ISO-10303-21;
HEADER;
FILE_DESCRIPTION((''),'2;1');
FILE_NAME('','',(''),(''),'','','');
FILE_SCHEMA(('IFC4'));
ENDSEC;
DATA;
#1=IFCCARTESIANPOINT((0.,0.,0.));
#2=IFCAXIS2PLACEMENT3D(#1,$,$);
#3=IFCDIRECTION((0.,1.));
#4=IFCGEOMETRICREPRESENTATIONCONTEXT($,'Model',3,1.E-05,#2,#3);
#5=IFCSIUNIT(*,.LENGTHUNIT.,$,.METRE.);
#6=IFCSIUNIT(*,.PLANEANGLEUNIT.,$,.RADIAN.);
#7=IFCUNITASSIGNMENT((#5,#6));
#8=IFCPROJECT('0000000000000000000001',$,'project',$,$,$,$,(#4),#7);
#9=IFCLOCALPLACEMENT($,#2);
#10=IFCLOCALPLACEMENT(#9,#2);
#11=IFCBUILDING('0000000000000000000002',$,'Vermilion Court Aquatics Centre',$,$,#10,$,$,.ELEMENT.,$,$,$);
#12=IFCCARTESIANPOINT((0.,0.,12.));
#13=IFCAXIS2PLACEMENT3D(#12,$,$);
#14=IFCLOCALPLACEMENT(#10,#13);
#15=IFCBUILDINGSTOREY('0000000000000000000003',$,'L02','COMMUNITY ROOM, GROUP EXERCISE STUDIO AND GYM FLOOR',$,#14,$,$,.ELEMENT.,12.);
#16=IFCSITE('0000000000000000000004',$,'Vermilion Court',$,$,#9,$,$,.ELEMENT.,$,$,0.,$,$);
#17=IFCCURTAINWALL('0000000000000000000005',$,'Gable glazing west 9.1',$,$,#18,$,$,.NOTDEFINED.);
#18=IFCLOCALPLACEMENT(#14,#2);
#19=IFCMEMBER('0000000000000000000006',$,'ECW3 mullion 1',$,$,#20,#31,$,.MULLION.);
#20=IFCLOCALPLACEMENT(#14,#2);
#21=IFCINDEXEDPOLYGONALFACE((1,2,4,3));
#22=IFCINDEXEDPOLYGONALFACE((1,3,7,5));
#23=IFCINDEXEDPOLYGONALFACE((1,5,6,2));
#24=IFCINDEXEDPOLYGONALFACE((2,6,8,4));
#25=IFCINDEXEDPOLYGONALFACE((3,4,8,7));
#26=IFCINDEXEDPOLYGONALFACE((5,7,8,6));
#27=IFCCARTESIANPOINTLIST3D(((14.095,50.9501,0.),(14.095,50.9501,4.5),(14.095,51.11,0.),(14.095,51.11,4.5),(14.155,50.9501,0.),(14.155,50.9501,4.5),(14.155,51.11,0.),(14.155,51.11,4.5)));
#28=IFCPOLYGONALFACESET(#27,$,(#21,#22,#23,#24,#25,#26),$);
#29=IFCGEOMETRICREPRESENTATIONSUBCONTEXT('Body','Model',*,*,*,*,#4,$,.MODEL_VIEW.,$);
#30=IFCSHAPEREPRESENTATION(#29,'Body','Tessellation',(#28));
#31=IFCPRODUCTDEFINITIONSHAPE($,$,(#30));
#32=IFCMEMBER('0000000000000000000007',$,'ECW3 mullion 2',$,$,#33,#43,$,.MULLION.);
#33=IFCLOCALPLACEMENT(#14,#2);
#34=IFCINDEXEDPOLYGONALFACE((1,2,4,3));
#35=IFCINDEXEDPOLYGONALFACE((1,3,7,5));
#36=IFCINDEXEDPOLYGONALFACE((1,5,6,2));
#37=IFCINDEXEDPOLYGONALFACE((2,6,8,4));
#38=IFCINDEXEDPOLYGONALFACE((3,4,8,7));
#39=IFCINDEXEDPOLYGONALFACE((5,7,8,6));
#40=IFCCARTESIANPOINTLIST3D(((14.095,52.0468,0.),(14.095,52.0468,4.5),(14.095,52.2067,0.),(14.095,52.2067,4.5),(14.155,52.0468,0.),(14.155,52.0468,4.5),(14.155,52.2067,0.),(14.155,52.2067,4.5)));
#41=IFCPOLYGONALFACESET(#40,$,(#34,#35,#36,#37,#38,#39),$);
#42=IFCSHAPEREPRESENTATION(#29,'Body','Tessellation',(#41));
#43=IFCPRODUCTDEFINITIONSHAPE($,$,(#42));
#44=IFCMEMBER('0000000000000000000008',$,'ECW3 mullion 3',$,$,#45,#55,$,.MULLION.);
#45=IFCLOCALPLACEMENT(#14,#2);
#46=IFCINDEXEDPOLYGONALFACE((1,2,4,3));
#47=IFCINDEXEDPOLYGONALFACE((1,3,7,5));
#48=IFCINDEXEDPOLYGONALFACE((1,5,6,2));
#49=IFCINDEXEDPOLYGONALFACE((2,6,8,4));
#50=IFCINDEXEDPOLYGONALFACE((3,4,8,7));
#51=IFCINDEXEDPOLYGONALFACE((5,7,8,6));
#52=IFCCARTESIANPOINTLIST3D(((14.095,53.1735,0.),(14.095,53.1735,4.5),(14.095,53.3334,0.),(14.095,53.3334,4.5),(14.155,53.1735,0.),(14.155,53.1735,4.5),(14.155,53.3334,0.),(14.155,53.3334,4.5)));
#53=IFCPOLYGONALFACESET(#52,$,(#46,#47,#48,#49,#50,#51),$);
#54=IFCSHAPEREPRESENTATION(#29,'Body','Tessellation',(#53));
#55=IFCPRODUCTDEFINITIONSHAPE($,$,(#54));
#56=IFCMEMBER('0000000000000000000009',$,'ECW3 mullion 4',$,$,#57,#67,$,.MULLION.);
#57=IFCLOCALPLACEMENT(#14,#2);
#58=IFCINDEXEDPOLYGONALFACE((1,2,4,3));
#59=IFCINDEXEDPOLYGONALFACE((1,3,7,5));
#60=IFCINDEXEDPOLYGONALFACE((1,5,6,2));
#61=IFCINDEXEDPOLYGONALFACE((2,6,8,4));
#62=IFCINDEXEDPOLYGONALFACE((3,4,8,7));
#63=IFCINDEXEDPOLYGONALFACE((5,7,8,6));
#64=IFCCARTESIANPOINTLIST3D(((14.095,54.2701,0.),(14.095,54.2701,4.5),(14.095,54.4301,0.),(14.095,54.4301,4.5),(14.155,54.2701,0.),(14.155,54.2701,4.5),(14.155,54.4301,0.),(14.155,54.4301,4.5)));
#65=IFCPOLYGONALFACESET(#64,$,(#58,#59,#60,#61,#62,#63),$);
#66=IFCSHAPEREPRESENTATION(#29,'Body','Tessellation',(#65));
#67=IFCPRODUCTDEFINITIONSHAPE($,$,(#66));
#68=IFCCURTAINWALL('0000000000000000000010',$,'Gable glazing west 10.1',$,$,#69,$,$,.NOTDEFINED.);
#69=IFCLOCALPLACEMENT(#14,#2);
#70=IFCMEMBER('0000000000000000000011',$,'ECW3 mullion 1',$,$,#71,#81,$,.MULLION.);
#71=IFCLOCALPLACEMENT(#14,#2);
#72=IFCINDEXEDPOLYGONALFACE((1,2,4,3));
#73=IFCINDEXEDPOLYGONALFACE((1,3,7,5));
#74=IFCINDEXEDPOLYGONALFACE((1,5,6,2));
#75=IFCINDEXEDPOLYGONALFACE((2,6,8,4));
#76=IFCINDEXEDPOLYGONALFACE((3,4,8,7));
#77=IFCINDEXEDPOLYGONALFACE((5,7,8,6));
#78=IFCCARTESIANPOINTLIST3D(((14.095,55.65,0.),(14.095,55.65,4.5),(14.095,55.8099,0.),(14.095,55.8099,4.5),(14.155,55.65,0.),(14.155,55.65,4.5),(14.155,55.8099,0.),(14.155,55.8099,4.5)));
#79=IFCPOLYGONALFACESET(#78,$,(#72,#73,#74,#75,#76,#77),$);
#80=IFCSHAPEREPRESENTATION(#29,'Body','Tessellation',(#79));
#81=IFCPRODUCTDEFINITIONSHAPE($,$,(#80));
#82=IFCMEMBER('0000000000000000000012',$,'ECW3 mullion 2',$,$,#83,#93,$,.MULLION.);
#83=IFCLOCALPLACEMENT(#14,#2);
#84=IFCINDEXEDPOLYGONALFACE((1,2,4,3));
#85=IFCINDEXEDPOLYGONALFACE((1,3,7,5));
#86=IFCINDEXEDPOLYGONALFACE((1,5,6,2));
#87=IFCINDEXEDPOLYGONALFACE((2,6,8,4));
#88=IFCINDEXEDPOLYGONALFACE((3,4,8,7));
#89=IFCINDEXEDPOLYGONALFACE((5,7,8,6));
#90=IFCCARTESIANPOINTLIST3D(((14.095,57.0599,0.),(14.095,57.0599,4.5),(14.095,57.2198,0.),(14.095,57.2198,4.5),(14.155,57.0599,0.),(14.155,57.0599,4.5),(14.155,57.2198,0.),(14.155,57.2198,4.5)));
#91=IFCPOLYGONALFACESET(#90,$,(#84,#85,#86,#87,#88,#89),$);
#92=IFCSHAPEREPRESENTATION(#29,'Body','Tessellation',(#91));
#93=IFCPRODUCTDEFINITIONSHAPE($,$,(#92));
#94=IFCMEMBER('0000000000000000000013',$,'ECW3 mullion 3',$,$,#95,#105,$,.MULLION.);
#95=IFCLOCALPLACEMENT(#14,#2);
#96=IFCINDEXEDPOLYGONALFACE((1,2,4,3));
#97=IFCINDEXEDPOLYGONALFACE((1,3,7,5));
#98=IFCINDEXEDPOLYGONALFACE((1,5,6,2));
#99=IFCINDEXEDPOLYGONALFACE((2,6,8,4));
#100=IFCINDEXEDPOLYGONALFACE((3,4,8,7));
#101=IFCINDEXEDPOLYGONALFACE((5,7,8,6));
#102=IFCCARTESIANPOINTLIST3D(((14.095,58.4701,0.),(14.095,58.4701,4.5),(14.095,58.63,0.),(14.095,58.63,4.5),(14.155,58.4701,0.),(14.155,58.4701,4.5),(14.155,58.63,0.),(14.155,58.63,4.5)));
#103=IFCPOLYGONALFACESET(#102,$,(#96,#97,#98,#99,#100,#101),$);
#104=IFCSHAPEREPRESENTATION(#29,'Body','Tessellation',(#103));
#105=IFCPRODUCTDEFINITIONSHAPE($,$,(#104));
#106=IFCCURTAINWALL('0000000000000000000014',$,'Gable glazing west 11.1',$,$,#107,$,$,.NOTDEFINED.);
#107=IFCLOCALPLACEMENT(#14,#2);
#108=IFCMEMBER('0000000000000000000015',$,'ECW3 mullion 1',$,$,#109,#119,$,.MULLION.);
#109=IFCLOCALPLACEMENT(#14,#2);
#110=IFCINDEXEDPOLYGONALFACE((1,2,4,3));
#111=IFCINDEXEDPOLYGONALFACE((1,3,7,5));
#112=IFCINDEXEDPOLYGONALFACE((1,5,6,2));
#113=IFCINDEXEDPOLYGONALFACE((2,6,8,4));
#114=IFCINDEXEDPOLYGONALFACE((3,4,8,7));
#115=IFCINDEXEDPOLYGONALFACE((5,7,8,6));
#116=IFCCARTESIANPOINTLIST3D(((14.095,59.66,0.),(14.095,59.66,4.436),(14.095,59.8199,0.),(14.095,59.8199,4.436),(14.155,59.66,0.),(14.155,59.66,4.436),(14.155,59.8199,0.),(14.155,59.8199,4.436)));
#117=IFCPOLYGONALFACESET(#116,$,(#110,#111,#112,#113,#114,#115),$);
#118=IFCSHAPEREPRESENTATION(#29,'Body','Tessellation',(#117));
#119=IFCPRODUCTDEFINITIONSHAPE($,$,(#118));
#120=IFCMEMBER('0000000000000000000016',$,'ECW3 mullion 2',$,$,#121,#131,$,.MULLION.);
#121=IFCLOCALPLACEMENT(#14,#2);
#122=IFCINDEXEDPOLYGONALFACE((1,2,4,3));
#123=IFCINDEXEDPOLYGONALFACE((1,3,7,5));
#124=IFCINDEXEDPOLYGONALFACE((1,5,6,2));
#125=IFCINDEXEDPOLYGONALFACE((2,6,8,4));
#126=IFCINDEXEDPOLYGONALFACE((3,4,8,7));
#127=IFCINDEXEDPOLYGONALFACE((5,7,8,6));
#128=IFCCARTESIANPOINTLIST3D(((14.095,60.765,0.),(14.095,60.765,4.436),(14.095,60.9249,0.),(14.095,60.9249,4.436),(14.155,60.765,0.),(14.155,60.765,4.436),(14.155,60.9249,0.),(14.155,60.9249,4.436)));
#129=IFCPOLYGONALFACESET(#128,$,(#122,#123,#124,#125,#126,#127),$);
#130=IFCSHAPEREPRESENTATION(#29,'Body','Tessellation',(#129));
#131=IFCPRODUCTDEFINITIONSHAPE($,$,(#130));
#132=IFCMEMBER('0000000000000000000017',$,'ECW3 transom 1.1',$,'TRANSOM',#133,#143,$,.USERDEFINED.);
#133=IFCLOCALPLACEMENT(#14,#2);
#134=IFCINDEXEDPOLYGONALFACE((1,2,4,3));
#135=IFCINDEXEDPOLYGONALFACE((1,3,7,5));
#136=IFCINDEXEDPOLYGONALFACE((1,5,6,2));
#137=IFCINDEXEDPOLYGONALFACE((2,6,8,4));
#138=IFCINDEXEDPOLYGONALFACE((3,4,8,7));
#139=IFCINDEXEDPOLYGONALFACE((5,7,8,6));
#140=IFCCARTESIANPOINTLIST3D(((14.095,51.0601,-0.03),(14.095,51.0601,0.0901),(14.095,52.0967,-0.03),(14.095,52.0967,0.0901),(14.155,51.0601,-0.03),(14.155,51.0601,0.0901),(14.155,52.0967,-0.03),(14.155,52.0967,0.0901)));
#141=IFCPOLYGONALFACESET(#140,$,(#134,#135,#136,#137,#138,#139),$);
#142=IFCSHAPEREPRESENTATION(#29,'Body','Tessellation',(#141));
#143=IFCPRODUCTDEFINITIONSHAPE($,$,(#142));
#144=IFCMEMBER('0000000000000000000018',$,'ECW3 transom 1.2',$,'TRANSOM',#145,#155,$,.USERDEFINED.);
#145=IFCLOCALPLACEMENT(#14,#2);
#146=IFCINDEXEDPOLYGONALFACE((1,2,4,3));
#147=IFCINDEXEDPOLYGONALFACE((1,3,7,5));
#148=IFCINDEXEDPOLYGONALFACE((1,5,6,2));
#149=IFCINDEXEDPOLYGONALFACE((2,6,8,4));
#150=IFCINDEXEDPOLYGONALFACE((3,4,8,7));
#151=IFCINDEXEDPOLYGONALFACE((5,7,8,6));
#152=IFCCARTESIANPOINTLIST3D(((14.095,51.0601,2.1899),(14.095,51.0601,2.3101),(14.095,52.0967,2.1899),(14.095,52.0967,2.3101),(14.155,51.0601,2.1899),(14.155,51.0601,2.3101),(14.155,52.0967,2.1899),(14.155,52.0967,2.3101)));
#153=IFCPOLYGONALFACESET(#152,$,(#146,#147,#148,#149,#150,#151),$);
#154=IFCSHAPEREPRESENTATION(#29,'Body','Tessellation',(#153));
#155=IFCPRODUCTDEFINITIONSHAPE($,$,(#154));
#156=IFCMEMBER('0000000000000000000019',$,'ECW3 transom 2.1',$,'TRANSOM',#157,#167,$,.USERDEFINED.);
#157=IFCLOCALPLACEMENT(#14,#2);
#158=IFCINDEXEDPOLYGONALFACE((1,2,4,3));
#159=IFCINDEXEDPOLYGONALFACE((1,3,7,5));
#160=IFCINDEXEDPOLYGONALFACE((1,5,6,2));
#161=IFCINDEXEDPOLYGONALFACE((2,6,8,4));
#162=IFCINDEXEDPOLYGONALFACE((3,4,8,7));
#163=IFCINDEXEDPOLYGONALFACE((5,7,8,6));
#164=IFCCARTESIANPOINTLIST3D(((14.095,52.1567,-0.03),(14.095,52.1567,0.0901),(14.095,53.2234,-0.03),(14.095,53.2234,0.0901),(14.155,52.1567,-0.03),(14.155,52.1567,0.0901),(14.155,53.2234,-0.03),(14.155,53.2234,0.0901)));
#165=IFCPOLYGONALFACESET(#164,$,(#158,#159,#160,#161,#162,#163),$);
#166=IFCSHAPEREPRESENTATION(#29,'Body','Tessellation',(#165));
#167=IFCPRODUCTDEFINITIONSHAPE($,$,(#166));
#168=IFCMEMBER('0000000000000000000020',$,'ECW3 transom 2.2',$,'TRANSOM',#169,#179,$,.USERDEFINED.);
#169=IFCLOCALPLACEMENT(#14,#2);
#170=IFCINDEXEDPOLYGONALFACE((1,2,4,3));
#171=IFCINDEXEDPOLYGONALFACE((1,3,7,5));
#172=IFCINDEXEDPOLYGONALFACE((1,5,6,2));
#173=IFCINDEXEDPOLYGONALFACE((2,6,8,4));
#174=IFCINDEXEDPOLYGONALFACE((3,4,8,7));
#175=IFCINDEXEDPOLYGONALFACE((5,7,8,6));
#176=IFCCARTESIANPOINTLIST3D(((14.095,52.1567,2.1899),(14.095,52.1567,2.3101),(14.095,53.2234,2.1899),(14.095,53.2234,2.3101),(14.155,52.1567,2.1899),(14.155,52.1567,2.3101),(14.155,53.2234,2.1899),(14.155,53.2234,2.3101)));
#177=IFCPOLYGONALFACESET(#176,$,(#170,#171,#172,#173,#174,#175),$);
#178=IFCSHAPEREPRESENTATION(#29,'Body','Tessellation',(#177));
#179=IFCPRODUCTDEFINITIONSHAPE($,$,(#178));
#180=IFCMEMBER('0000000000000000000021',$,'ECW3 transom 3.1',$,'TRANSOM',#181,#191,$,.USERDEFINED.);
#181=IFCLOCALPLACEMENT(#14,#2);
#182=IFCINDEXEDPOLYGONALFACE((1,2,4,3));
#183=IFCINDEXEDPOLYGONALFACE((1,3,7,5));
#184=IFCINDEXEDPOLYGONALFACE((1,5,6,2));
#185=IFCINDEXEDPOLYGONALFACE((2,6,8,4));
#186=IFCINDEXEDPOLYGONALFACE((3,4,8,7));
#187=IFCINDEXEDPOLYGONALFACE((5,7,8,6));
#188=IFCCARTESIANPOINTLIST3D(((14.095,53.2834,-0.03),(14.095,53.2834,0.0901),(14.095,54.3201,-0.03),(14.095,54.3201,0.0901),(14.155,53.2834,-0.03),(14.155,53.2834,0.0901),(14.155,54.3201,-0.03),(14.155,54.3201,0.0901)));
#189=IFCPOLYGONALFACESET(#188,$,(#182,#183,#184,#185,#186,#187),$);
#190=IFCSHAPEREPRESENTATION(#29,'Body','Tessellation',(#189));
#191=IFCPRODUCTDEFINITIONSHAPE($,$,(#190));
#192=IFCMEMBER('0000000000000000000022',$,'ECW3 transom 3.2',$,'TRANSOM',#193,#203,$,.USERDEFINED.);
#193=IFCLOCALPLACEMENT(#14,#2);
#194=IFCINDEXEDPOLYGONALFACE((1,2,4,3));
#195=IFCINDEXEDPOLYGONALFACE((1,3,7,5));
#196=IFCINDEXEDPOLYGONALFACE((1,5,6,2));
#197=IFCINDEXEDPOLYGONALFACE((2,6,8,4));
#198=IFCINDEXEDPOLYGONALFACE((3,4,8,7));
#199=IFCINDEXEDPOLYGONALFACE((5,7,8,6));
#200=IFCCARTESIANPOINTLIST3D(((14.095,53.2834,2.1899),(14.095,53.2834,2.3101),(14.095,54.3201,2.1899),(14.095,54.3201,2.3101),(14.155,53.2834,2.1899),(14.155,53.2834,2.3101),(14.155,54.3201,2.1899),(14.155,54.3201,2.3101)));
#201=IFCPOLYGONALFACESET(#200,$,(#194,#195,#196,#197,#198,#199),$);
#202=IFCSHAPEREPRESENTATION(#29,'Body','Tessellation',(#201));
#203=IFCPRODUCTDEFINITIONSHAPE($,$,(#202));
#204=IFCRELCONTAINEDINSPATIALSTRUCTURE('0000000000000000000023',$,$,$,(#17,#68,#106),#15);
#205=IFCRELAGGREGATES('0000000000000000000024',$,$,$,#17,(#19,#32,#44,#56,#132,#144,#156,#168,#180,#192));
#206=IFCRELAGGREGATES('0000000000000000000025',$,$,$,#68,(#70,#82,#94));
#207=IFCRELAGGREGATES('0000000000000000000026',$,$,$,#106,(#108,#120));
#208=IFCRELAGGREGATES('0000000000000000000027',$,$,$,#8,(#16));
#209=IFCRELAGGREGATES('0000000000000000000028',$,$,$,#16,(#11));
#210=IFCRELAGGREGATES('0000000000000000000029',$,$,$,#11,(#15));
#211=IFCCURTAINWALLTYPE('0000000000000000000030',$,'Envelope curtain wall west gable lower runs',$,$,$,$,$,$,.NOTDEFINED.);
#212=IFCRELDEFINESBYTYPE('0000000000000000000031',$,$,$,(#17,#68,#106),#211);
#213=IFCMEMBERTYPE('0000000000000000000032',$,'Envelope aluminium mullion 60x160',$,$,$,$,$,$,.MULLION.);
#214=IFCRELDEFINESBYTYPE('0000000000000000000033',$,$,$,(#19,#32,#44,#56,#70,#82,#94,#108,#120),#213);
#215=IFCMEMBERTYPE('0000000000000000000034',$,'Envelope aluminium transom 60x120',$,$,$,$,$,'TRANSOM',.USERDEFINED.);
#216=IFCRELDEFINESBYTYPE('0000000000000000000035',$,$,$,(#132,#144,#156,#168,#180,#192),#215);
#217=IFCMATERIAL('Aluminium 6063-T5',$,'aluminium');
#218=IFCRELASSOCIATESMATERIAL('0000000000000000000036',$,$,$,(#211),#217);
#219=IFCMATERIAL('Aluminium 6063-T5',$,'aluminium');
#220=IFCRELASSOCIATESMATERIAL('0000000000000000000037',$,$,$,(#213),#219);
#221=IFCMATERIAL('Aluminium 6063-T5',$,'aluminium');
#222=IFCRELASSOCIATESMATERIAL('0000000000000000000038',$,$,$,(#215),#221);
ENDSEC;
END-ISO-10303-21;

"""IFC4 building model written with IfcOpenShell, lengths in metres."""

from ifc_helpers import new_model, si_unit, direction, frame, origin, origin_2d, place, context, subcontext, project, spatial, rectangle, extrude, material, material_profile, profile_set, type_object, element, aggregate, save


model = new_model("IFC4")

# Units and contexts
model_context = context("Model", 3, precision=1e-05, world=origin(), true_north=direction((0.0, 1.0)))
body_context = subcontext(model_context, "Body", "Model", "MODEL_VIEW")
ifc_project = project(units=[si_unit("LENGTHUNIT", "METRE"), si_unit("PLANEANGLEUNIT", "RADIAN")], contexts=[model_context])

# Site, building, storey
site_placement = place(None, origin())
site = spatial("IfcSite", under=ifc_project, at=site_placement, Name="Vermilion Court", CompositionType="ELEMENT", RefElevation=0.0)
building_placement = place(site_placement, origin())
building = spatial("IfcBuilding", under=site, at=building_placement, Name="Vermilion Court Aquatics Centre", CompositionType="ELEMENT")
storey_placement = place(building_placement, frame((0.0, 0.0, 12.0)))
storey = spatial("IfcBuildingStorey", under=building, at=storey_placement, Name="L02", Description="COMMUNITY ROOM, GROUP EXERCISE STUDIO AND GYM FLOOR", CompositionType="ELEMENT", Elevation=12.0)

# Curtain walls, members
ifc_material_1 = material(Name="Aluminium 6063-T5", Category="aluminium")
curtain_wall_type = type_object("IfcCurtainWallType", Name="Envelope curtain wall west gable lower runs", PredefinedType="NOTDEFINED", material=ifc_material_1)
curtain_wall_1_placement = place(storey_placement, origin())
curtain_wall_1 = element("IfcCurtainWall", 1, at=curtain_wall_1_placement, inside=storey, type_object=curtain_wall_type, Name="Gable glazing west 9.1", PredefinedType="NOTDEFINED")
ifc_material_2 = material(Name="Aluminium 6063-T5", Category="aluminium")
ifc_material_profile_1 = material_profile(ifc_material_2, rectangle(XDim=0.0601, YDim=0.1599, at=origin_2d()), Name="AL 60x160")
ifc_profile_set_1 = profile_set([ifc_material_profile_1], Name="Aluminium 6063-T5")
member_type_1 = type_object("IfcMemberType", Name="Envelope aluminium mullion 60x160", PredefinedType="MULLION", material=ifc_profile_set_1)
member_1_placement = place(storey_placement, frame((14.125, 51.03, 0.0), z_axis=(0.0, 0.0, 1.0), x_axis=(-1.0, 0.0, 0.0)))
member_1 = element("IfcMember", 2, at=member_1_placement, type_object=member_type_1, Name="ECW3 mullion 1", PredefinedType="MULLION", context=body_context, shape_type="SweptSolid", body=[
    extrude(rectangle(XDim=0.0601, YDim=0.1599, at=origin_2d()), origin(), (0.0, 0.0, 1.0), 4.5),
])
member_2_placement = place(storey_placement, frame((14.125, 52.1267, 0.0), z_axis=(0.0, 0.0, 1.0), x_axis=(-1.0, 0.0, 0.0)))
member_2 = element("IfcMember", 3, at=member_2_placement, type_object=member_type_1, Name="ECW3 mullion 2", PredefinedType="MULLION", context=body_context, shape_type="SweptSolid", body=[
    extrude(rectangle(XDim=0.0601, YDim=0.1599, at=origin_2d()), origin(), (0.0, 0.0, 1.0), 4.5),
])
member_3_placement = place(storey_placement, frame((14.125, 53.2534, 0.0), z_axis=(0.0, 0.0, 1.0), x_axis=(-1.0, 0.0, 0.0)))
member_3 = element("IfcMember", 4, at=member_3_placement, type_object=member_type_1, Name="ECW3 mullion 3", PredefinedType="MULLION", context=body_context, shape_type="SweptSolid", body=[
    extrude(rectangle(XDim=0.0601, YDim=0.1599, at=origin_2d()), origin(), (0.0, 0.0, 1.0), 4.5),
])
member_4_placement = place(storey_placement, frame((14.125, 54.3501, 0.0), z_axis=(0.0, 0.0, 1.0), x_axis=(-1.0, 0.0, 0.0)))
member_4 = element("IfcMember", 5, at=member_4_placement, type_object=member_type_1, Name="ECW3 mullion 4", PredefinedType="MULLION", context=body_context, shape_type="SweptSolid", body=[
    extrude(rectangle(XDim=0.0601, YDim=0.1599, at=origin_2d()), origin(), (0.0, 0.0, 1.0), 4.5),
])
curtain_wall_2_placement = place(storey_placement, origin())
curtain_wall_2 = element("IfcCurtainWall", 6, at=curtain_wall_2_placement, inside=storey, type_object=curtain_wall_type, Name="Gable glazing west 10.1", PredefinedType="NOTDEFINED")
member_5_placement = place(storey_placement, frame((14.125, 55.73, 0.0), z_axis=(0.0, 0.0, 1.0), x_axis=(-1.0, 0.0, 0.0)))
member_5 = element("IfcMember", 7, at=member_5_placement, type_object=member_type_1, Name="ECW3 mullion 1", PredefinedType="MULLION", context=body_context, shape_type="SweptSolid", body=[
    extrude(rectangle(XDim=0.0601, YDim=0.1599, at=origin_2d()), origin(), (0.0, 0.0, 1.0), 4.5),
])
member_6_placement = place(storey_placement, frame((14.125, 57.1399, 0.0), z_axis=(0.0, 0.0, 1.0), x_axis=(-1.0, 0.0, 0.0)))
member_6 = element("IfcMember", 8, at=member_6_placement, type_object=member_type_1, Name="ECW3 mullion 2", PredefinedType="MULLION", context=body_context, shape_type="SweptSolid", body=[
    extrude(rectangle(XDim=0.0601, YDim=0.1599, at=origin_2d()), origin(), (0.0, 0.0, 1.0), 4.5),
])
member_7_placement = place(storey_placement, frame((14.125, 58.55, 0.0), z_axis=(0.0, 0.0, 1.0), x_axis=(-1.0, 0.0, 0.0)))
member_7 = element("IfcMember", 9, at=member_7_placement, type_object=member_type_1, Name="ECW3 mullion 3", PredefinedType="MULLION", context=body_context, shape_type="SweptSolid", body=[
    extrude(rectangle(XDim=0.0601, YDim=0.1599, at=origin_2d()), origin(), (0.0, 0.0, 1.0), 4.5),
])
curtain_wall_3_placement = place(storey_placement, origin())
curtain_wall_3 = element("IfcCurtainWall", 10, at=curtain_wall_3_placement, inside=storey, type_object=curtain_wall_type, Name="Gable glazing west 11.1", PredefinedType="NOTDEFINED")
member_8_placement = place(storey_placement, frame((14.125, 59.74, 0.0), z_axis=(0.0, 0.0, 1.0), x_axis=(-1.0, 0.0, 0.0)))
member_8 = element("IfcMember", 11, at=member_8_placement, type_object=member_type_1, Name="ECW3 mullion 1", PredefinedType="MULLION", context=body_context, shape_type="SweptSolid", body=[
    extrude(rectangle(XDim=0.0601, YDim=0.1599, at=origin_2d()), origin(), (0.0, 0.0, 1.0), 4.436),
])
member_9_placement = place(storey_placement, frame((14.125, 60.845, 0.0), z_axis=(0.0, 0.0, 1.0), x_axis=(-1.0, 0.0, 0.0)))
member_9 = element("IfcMember", 12, at=member_9_placement, type_object=member_type_1, Name="ECW3 mullion 2", PredefinedType="MULLION", context=body_context, shape_type="SweptSolid", body=[
    extrude(rectangle(XDim=0.0601, YDim=0.1599, at=origin_2d()), origin(), (0.0, 0.0, 1.0), 4.436),
])

# Members
ifc_material_3 = material(Name="Aluminium 6063-T5", Category="aluminium")
ifc_material_profile_2 = material_profile(ifc_material_3, rectangle(XDim=0.0601, YDim=0.1201, at=origin_2d()), Name="AL 60x120")
ifc_profile_set_2 = profile_set([ifc_material_profile_2], Name="Aluminium 6063-T5")
member_type_2 = type_object("IfcMemberType", Name="Envelope aluminium transom 60x120", ElementType="TRANSOM", PredefinedType="USERDEFINED", material=ifc_profile_set_2)
member_10_placement = place(storey_placement, frame((14.125, 51.0601, 0.03), z_axis=(0.0, 1.0, 0.0), x_axis=(-1.0, 0.0, 0.0)))
member_10 = element("IfcMember", 13, at=member_10_placement, type_object=member_type_2, Name="ECW3 transom 1.1", ObjectType="TRANSOM", PredefinedType="USERDEFINED", context=body_context, shape_type="SweptSolid", body=[
    extrude(rectangle(XDim=0.0601, YDim=0.1201, at=origin_2d()), origin(), (0.0, 0.0, 1.0), 1.0366),
])
member_11_placement = place(storey_placement, frame((14.125, 51.0601, 2.25), z_axis=(0.0, 1.0, 0.0), x_axis=(-1.0, 0.0, 0.0)))
member_11 = element("IfcMember", 14, at=member_11_placement, type_object=member_type_2, Name="ECW3 transom 1.2", ObjectType="TRANSOM", PredefinedType="USERDEFINED", context=body_context, shape_type="SweptSolid", body=[
    extrude(rectangle(XDim=0.0601, YDim=0.1201, at=origin_2d()), origin(), (0.0, 0.0, 1.0), 1.0366),
])
member_12_placement = place(storey_placement, frame((14.125, 52.1567, 0.03), z_axis=(0.0, 1.0, 0.0), x_axis=(-1.0, 0.0, 0.0)))
member_12 = element("IfcMember", 15, at=member_12_placement, type_object=member_type_2, Name="ECW3 transom 2.1", ObjectType="TRANSOM", PredefinedType="USERDEFINED", context=body_context, shape_type="SweptSolid", body=[
    extrude(rectangle(XDim=0.0601, YDim=0.1201, at=origin_2d()), origin(), (0.0, 0.0, 1.0), 1.0667),
])
member_13_placement = place(storey_placement, frame((14.125, 52.1567, 2.25), z_axis=(0.0, 1.0, 0.0), x_axis=(-1.0, 0.0, 0.0)))
member_13 = element("IfcMember", 16, at=member_13_placement, type_object=member_type_2, Name="ECW3 transom 2.2", ObjectType="TRANSOM", PredefinedType="USERDEFINED", context=body_context, shape_type="SweptSolid", body=[
    extrude(rectangle(XDim=0.0601, YDim=0.1201, at=origin_2d()), origin(), (0.0, 0.0, 1.0), 1.0667),
])
member_14_placement = place(storey_placement, frame((14.125, 53.2834, 0.03), z_axis=(0.0, 1.0, 0.0), x_axis=(-1.0, 0.0, 0.0)))
member_14 = element("IfcMember", 17, at=member_14_placement, type_object=member_type_2, Name="ECW3 transom 3.1", ObjectType="TRANSOM", PredefinedType="USERDEFINED", context=body_context, shape_type="SweptSolid", body=[
    extrude(rectangle(XDim=0.0601, YDim=0.1201, at=origin_2d()), origin(), (0.0, 0.0, 1.0), 1.0366),
])
member_15_placement = place(storey_placement, frame((14.125, 53.2834, 2.25), z_axis=(0.0, 1.0, 0.0), x_axis=(-1.0, 0.0, 0.0)))
member_15 = element("IfcMember", 18, at=member_15_placement, type_object=member_type_2, Name="ECW3 transom 3.2", ObjectType="TRANSOM", PredefinedType="USERDEFINED", context=body_context, shape_type="SweptSolid", body=[
    extrude(rectangle(XDim=0.0601, YDim=0.1201, at=origin_2d()), origin(), (0.0, 0.0, 1.0), 1.0366),
])

aggregate(curtain_wall_1, [member_1, member_2, member_3, member_4, member_10, member_11, member_12, member_13, member_14, member_15])
aggregate(curtain_wall_2, [member_5, member_6, member_7])
aggregate(curtain_wall_3, [member_8, member_9])

save(model, "model.ifc")
